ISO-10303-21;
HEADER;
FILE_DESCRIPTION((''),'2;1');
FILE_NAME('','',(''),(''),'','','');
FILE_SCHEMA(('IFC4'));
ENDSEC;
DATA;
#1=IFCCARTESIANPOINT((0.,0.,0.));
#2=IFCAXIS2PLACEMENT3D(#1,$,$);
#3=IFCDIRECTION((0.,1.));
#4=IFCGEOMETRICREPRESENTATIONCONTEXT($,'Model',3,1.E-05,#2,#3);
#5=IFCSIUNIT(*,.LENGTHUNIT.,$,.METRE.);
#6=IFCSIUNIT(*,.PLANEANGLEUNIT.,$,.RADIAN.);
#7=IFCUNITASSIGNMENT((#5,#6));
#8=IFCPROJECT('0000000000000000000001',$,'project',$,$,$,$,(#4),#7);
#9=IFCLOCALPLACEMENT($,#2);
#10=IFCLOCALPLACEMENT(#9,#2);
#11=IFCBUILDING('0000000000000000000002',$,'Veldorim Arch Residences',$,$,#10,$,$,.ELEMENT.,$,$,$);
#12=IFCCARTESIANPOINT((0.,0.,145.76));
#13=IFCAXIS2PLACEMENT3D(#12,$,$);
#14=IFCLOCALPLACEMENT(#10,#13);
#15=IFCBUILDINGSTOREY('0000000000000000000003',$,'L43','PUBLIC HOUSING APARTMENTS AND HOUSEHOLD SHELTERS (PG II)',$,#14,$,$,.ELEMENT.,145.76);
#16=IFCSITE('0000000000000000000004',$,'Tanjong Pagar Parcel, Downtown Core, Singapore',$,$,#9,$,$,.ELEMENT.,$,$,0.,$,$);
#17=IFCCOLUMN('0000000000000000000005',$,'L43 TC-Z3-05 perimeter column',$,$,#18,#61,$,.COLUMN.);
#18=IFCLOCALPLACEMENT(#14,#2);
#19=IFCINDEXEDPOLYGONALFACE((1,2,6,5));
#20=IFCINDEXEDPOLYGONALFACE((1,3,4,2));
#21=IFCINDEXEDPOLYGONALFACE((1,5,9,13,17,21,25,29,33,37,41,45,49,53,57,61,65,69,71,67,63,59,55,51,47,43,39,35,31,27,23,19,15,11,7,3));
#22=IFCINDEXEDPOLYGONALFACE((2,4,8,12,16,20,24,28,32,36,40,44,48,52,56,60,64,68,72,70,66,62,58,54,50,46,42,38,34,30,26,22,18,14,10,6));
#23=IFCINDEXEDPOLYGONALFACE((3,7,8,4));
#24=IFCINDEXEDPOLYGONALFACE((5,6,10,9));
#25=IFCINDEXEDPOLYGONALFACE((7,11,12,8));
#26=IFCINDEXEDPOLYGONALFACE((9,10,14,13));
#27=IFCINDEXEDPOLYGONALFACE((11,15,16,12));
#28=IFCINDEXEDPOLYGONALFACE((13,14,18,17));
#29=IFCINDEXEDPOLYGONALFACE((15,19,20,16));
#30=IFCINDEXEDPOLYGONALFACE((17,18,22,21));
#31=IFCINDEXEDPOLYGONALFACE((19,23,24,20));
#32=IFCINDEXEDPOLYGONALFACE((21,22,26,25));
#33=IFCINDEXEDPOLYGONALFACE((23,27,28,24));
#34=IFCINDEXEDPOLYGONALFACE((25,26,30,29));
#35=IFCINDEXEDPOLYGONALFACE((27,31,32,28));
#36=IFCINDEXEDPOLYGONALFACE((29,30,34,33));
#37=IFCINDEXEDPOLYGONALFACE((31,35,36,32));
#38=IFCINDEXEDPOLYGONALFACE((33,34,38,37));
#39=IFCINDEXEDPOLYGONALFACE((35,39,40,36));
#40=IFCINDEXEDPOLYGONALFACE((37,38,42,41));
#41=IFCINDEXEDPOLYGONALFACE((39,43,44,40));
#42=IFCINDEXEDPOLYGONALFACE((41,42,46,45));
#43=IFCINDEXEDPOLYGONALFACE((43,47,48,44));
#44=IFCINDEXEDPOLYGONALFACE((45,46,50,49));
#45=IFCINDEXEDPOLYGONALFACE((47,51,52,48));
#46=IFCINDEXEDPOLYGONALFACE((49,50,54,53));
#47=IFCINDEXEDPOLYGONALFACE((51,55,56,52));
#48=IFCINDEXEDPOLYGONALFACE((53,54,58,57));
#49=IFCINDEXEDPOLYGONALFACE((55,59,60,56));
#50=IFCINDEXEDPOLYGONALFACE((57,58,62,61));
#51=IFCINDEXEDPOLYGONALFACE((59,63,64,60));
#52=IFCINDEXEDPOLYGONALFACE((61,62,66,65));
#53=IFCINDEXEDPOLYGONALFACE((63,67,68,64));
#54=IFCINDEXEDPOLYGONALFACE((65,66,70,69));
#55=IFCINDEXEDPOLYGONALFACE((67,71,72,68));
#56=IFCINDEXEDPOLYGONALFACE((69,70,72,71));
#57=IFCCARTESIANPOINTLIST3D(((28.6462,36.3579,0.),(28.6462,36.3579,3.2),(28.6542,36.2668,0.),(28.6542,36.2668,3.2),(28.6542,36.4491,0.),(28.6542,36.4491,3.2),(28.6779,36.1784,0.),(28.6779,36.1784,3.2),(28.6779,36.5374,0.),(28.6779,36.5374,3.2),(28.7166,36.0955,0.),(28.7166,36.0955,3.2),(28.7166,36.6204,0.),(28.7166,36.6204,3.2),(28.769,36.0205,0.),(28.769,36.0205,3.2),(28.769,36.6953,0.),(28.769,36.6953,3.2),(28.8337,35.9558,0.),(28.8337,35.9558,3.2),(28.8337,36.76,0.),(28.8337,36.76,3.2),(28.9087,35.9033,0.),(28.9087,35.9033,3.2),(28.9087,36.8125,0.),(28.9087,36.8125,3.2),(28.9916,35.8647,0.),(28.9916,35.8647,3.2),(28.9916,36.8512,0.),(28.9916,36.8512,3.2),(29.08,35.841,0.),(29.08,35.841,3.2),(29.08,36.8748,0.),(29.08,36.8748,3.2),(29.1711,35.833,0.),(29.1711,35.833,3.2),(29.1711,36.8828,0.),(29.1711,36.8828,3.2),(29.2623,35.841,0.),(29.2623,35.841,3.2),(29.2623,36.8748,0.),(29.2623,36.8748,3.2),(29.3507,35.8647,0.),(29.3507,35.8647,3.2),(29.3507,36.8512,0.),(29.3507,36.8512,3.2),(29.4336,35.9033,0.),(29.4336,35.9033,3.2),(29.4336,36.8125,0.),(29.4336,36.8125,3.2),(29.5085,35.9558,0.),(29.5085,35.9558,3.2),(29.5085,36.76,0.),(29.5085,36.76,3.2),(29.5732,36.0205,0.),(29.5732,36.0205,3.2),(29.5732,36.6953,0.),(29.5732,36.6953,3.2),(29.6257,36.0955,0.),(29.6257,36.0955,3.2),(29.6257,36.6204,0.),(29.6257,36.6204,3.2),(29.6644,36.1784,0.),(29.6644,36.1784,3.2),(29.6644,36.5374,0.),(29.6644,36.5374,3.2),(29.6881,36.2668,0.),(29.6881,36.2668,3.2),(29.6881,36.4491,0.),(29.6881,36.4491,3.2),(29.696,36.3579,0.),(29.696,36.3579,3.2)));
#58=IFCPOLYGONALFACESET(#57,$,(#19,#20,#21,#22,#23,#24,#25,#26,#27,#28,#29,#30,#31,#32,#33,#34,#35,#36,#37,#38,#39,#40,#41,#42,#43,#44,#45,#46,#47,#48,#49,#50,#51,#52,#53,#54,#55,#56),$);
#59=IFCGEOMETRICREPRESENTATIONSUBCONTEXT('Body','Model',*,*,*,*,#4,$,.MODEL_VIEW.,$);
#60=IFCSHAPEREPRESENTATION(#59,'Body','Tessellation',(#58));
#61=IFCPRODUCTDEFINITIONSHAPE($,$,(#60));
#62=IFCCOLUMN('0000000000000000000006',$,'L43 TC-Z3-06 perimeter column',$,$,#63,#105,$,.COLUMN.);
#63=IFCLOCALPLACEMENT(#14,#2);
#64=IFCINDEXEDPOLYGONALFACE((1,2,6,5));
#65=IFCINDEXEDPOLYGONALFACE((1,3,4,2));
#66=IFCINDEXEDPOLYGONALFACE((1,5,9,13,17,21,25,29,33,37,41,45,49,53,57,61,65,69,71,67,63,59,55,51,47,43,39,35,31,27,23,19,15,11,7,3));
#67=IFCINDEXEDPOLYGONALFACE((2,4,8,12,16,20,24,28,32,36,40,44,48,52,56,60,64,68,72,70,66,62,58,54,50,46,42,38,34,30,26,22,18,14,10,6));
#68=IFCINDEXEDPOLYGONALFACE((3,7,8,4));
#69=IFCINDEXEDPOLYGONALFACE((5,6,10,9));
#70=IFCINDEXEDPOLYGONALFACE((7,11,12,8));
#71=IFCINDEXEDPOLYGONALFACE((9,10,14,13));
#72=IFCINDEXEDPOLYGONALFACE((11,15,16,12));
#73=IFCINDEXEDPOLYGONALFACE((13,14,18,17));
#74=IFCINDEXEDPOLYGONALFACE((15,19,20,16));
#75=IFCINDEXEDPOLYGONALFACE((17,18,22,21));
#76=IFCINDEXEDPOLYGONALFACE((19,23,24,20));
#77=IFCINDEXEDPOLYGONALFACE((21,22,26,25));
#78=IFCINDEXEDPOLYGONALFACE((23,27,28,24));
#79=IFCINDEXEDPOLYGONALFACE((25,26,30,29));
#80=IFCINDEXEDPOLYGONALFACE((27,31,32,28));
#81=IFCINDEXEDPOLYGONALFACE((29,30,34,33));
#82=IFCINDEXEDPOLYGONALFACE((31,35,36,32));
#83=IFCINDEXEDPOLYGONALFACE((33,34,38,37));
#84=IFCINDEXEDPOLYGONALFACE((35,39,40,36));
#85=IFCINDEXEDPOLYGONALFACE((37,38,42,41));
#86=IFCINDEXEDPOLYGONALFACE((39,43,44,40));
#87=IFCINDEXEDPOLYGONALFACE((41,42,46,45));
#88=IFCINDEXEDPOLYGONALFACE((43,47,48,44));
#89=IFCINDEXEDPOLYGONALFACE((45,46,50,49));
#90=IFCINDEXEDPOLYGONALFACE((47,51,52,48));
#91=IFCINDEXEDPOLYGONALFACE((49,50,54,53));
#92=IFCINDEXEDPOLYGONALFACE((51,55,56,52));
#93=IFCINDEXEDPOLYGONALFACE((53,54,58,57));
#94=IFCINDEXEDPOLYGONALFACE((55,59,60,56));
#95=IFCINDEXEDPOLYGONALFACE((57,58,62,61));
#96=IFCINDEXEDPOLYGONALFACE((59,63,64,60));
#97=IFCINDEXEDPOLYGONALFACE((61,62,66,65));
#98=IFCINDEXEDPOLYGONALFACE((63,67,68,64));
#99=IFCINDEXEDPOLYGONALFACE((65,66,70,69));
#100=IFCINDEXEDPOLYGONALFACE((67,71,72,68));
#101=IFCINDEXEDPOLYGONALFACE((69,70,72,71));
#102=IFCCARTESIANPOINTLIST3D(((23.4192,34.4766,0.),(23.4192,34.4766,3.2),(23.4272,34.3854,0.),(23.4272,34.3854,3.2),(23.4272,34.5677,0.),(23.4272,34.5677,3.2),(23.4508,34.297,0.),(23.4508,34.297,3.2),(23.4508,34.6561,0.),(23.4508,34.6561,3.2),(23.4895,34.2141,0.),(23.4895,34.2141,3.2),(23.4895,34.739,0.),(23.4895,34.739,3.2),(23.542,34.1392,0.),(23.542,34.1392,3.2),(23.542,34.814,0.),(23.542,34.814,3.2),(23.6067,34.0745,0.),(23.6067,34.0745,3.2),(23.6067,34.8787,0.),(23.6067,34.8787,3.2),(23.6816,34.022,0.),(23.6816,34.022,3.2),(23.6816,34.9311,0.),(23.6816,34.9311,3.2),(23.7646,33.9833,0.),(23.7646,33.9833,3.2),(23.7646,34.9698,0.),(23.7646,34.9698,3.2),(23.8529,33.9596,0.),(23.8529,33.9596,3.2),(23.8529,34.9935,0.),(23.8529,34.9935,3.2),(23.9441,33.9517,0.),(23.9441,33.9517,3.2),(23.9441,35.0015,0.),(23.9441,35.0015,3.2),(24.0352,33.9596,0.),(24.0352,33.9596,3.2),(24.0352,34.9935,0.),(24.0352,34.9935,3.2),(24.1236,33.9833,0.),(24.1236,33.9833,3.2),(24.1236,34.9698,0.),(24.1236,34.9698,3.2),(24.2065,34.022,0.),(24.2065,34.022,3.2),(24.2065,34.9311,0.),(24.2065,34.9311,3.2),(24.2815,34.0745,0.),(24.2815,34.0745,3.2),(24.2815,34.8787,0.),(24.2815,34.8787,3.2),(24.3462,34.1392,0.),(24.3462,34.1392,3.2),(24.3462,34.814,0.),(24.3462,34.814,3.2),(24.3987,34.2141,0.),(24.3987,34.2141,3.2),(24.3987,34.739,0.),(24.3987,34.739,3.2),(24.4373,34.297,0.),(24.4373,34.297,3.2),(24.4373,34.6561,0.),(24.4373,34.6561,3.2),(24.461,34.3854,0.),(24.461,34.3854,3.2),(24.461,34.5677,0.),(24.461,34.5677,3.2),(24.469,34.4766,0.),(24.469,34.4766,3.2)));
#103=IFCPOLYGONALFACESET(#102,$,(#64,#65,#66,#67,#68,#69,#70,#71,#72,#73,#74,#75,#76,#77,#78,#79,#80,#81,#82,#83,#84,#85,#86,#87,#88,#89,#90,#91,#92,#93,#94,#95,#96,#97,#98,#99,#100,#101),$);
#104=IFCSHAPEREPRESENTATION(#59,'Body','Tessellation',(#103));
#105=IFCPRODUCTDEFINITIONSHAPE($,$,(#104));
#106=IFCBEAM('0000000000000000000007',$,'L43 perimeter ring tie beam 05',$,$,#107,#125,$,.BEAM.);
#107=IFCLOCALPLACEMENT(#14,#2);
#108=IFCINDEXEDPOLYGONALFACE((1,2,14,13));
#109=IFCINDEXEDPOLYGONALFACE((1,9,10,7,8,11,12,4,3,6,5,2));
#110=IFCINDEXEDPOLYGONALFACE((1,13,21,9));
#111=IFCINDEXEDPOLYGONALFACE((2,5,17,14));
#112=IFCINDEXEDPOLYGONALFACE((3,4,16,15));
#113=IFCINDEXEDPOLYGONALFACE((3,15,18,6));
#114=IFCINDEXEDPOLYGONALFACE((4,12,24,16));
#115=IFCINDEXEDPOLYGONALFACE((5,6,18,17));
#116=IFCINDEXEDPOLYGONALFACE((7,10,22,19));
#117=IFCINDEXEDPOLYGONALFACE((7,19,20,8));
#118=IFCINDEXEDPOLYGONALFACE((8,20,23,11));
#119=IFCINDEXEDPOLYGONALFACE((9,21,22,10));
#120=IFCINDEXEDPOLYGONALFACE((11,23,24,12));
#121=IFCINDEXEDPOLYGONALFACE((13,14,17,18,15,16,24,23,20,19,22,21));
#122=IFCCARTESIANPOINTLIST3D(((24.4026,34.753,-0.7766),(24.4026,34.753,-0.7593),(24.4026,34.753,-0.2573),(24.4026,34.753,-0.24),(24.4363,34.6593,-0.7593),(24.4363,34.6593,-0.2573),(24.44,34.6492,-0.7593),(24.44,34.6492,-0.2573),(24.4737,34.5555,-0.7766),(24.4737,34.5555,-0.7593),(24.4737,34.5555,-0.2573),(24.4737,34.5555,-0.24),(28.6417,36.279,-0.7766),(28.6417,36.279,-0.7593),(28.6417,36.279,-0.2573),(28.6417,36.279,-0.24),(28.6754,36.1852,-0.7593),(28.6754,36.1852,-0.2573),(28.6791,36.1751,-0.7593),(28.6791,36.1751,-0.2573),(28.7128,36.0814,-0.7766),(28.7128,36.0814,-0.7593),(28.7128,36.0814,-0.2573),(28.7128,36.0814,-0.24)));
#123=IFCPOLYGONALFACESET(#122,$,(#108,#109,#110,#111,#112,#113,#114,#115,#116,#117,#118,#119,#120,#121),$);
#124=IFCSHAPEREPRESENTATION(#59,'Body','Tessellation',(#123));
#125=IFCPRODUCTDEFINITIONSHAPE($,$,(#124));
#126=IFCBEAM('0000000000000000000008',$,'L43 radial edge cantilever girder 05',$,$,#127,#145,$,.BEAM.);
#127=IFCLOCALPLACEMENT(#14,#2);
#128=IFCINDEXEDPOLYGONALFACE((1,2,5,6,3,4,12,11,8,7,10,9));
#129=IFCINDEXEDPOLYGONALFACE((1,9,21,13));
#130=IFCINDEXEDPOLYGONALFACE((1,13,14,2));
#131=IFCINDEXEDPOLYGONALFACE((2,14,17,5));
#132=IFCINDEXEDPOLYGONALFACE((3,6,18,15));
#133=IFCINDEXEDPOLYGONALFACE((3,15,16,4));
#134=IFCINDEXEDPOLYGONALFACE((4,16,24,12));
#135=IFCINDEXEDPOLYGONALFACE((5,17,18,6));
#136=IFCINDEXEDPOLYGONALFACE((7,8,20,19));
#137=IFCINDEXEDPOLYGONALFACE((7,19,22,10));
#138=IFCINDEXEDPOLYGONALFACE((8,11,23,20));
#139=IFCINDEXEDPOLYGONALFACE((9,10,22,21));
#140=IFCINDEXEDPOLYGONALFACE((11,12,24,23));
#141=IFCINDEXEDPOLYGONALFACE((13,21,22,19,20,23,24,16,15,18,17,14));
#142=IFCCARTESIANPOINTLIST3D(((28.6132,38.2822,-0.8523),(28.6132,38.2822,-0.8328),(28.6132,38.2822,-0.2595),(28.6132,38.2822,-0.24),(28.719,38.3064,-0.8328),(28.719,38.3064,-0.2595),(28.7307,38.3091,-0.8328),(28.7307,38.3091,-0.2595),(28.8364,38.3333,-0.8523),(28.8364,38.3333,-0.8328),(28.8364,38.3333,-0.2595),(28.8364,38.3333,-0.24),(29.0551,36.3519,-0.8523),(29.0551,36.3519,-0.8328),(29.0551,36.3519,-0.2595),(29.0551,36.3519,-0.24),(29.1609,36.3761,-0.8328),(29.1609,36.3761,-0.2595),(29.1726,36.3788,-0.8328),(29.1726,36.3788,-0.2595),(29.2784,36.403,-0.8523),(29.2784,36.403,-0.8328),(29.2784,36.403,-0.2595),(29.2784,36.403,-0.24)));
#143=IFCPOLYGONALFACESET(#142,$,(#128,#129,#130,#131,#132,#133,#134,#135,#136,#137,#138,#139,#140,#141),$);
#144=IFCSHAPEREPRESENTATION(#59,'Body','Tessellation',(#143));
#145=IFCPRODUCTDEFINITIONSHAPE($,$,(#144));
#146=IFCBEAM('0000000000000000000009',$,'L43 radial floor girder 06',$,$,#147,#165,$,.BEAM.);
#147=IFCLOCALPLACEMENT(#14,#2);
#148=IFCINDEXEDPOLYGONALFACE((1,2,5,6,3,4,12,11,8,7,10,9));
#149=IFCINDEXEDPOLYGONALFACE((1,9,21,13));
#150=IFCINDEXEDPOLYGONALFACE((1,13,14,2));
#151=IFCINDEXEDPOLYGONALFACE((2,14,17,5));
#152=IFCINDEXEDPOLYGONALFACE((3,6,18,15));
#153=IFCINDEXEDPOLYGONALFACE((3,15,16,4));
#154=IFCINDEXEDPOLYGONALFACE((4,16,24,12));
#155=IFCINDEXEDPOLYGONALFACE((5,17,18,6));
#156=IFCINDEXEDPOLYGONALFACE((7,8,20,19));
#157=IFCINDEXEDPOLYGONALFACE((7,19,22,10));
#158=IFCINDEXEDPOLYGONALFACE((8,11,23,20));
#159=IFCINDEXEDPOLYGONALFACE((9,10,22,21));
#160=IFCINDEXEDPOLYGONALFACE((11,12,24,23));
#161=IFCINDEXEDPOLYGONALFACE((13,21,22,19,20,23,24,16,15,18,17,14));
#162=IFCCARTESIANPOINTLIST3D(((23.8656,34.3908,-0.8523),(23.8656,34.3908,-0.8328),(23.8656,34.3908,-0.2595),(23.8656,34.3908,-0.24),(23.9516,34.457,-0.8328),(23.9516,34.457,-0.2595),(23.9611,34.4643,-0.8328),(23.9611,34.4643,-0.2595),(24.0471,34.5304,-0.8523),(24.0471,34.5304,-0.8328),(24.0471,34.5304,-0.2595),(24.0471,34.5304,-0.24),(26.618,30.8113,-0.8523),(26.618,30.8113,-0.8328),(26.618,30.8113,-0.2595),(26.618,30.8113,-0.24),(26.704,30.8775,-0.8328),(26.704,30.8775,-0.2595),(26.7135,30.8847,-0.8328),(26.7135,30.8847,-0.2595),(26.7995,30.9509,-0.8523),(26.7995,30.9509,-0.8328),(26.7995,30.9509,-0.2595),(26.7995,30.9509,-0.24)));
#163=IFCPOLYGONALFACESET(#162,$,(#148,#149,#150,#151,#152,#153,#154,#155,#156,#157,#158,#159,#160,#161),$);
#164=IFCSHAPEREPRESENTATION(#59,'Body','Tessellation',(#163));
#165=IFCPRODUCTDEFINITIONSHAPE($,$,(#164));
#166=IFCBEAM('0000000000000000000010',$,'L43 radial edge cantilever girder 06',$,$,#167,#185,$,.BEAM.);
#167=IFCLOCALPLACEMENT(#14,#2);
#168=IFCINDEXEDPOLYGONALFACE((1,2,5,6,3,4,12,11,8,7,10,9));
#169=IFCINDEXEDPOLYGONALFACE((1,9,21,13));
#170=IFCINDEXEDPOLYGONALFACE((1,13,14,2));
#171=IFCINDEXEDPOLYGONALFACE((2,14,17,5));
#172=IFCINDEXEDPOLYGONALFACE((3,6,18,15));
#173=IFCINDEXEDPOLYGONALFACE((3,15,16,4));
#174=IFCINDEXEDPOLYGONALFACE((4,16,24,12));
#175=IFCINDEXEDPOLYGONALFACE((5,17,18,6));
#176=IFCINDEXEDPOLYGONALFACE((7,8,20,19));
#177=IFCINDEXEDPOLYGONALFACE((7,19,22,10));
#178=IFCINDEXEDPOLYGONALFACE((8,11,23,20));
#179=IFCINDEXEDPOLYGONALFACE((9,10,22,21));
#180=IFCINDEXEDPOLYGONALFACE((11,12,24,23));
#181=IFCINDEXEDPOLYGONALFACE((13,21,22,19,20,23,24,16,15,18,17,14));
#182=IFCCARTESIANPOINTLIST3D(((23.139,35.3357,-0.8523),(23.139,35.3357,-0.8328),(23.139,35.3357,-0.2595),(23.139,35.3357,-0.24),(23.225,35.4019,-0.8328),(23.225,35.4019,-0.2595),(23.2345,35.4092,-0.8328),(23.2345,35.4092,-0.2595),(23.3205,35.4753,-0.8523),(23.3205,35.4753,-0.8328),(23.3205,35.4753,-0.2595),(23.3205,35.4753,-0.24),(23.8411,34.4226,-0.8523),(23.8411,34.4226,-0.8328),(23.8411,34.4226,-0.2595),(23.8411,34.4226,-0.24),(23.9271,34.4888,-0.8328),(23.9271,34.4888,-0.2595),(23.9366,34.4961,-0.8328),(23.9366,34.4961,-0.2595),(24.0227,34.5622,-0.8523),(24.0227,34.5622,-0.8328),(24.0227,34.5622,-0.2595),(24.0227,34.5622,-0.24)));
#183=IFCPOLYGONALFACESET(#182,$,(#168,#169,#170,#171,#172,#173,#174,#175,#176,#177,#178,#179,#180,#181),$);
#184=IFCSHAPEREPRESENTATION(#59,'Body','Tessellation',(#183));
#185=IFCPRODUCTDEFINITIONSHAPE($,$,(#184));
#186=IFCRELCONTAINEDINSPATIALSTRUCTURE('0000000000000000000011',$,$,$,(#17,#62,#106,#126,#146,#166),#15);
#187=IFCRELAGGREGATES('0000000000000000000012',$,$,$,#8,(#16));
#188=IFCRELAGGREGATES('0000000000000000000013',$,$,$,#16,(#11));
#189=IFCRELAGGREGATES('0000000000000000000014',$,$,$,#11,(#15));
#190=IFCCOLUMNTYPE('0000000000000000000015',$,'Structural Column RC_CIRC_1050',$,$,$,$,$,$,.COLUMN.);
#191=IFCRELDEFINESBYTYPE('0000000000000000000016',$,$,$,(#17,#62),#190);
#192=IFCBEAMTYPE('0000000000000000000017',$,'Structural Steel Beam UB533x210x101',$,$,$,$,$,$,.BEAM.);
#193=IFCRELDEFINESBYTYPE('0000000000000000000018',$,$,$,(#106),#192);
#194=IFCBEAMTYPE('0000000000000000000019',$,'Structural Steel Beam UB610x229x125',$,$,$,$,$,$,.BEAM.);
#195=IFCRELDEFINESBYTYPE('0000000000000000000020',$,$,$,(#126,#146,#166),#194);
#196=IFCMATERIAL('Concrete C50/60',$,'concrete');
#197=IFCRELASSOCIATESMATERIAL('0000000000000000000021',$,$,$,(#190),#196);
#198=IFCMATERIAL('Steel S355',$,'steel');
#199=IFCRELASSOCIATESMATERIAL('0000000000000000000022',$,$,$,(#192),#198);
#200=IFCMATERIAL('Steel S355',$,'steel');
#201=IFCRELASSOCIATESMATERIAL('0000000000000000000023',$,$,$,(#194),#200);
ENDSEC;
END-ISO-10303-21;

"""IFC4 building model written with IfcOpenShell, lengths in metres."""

from ifc_helpers import new_model, si_unit, direction, frame, origin, origin_2d, place, context, subcontext, project, spatial, circle, i_section, extrude, material, material_profile, profile_set, type_object, element, save


model = new_model("IFC4")

# Units and contexts
model_context = context("Model", 3, precision=1e-05, world=origin(), true_north=direction((0.0, 1.0)))
body_context = subcontext(model_context, "Body", "Model", "MODEL_VIEW")
ifc_project = project(units=[si_unit("LENGTHUNIT", "METRE"), si_unit("PLANEANGLEUNIT", "RADIAN")], contexts=[model_context])

# Site, building, storey
site_placement = place(None, origin())
site = spatial("IfcSite", under=ifc_project, at=site_placement, Name="Tanjong Pagar Parcel, Downtown Core, Singapore", CompositionType="ELEMENT", RefElevation=0.0)
building_placement = place(site_placement, origin())
building = spatial("IfcBuilding", under=site, at=building_placement, Name="Veldorim Arch Residences", CompositionType="ELEMENT")
storey_placement = place(building_placement, frame((0.0, 0.0, 145.76)))
storey = spatial("IfcBuildingStorey", under=building, at=storey_placement, Name="L43", Description="PUBLIC HOUSING APARTMENTS AND HOUSEHOLD SHELTERS (PG II)", CompositionType="ELEMENT", Elevation=145.76)

# Columns
ifc_material_1 = material(Name="Concrete C50/60", Category="concrete")
ifc_material_profile_1 = material_profile(ifc_material_1, circle(Radius=0.5249, at=origin_2d()), Name="RC_CIRC_1050")
ifc_profile_set_1 = profile_set([ifc_material_profile_1], Name="Concrete C50/60")
column_type = type_object("IfcColumnType", Name="Structural Column RC_CIRC_1050", PredefinedType="COLUMN", material=ifc_profile_set_1)
for number, where, z_axis, x_axis, name in (
    (1, (29.1711, 36.3579, 0.0), (0.0, 0.0, 1.0), (1.0, 0.0, 0.0), "L43 TC-Z3-05 perimeter column"),
    (2, (23.9441, 34.4766, 0.0), (0.0, 0.0, 1.0), (1.0, 0.0, 0.0), "L43 TC-Z3-06 perimeter column"),
):
    element("IfcColumn", number, at=place(storey_placement, frame(where, z_axis=z_axis, x_axis=x_axis)), inside=storey, type_object=column_type, Name=name, PredefinedType="COLUMN", context=body_context, shape_type="SweptSolid", body=[
        extrude(circle(Radius=0.5249, at=origin_2d()), origin(), (0.0, 0.0, 1.0), 3.2),
    ])

# Beams
ifc_material_2 = material(Name="Steel S355", Category="steel")
ifc_material_profile_2 = material_profile(ifc_material_2, i_section(OverallWidth=0.21, OverallDepth=0.5366, WebThickness=0.0107, FlangeThickness=0.0173, at=origin_2d()), Name="UB533x210x101")
ifc_profile_set_2 = profile_set([ifc_material_profile_2], Name="Steel S355")
beam_type_1 = type_object("IfcBeamType", Name="Structural Steel Beam UB533x210x101", PredefinedType="BEAM", material=ifc_profile_set_2)
beam_1_placement = place(storey_placement, frame((28.6772, 36.1802, -0.5083), z_axis=(-0.940899, -0.338687, 0.0), x_axis=(0.338687, -0.940899, 0.0)))
element("IfcBeam", 3, at=beam_1_placement, inside=storey, type_object=beam_type_1, Name="L43 perimeter ring tie beam 05", PredefinedType="BEAM", context=body_context, shape_type="SweptSolid", body=[
    extrude(i_section(OverallWidth=0.21, OverallDepth=0.5366, WebThickness=0.0107, FlangeThickness=0.0173, at=origin_2d()), origin(), (0.0, 0.0, 1.0), 4.5054),
])
ifc_material_3 = material(Name="Steel S355", Category="steel")
ifc_material_profile_3 = material_profile(ifc_material_3, i_section(OverallWidth=0.229, OverallDepth=0.6123, WebThickness=0.012, FlangeThickness=0.0195, at=origin_2d()), Name="UB610x229x125")
ifc_profile_set_3 = profile_set([ifc_material_profile_3], Name="Steel S355")
beam_type_2 = type_object("IfcBeamType", Name="Structural Steel Beam UB610x229x125", PredefinedType="BEAM", material=ifc_profile_set_3)
beam_2_placement = place(storey_placement, frame((29.1667, 36.3774, -0.5461), z_axis=(-0.223166, 0.97478, 0.0), x_axis=(-0.97478, -0.223166, 0.0)))
element("IfcBeam", 4, at=beam_2_placement, inside=storey, type_object=beam_type_2, Name="L43 radial edge cantilever girder 05", PredefinedType="BEAM", context=body_context, shape_type="SweptSolid", body=[
    extrude(i_section(OverallWidth=0.229, OverallDepth=0.6123, WebThickness=0.012, FlangeThickness=0.0195, at=origin_2d()), origin(), (0.0, 0.0, 1.0), 1.9802),
])
beam_3_placement = place(storey_placement, frame((26.7087, 30.8811, -0.5461), z_axis=(-0.609559, 0.792741, 0.0), x_axis=(-0.792741, -0.609559, 0.0)))
element("IfcBeam", 5, at=beam_3_placement, inside=storey, type_object=beam_type_2, Name="L43 radial floor girder 06", PredefinedType="BEAM", context=body_context, shape_type="SweptSolid", body=[
    extrude(i_section(OverallWidth=0.229, OverallDepth=0.6123, WebThickness=0.012, FlangeThickness=0.0195, at=origin_2d()), origin(), (0.0, 0.0, 1.0), 4.5154),
])
beam_4_placement = place(storey_placement, frame((23.9319, 34.4924, -0.5461), z_axis=(-0.609588, 0.792719, 0.0), x_axis=(-0.792719, -0.609588, 0.0)))
element("IfcBeam", 6, at=beam_4_placement, inside=storey, type_object=beam_type_2, Name="L43 radial edge cantilever girder 06", PredefinedType="BEAM", context=body_context, shape_type="SweptSolid", body=[
    extrude(i_section(OverallWidth=0.229, OverallDepth=0.6123, WebThickness=0.012, FlangeThickness=0.0195, at=origin_2d()), origin(), (0.0, 0.0, 1.0), 1.1519),
])

save(model, "model.ifc")
